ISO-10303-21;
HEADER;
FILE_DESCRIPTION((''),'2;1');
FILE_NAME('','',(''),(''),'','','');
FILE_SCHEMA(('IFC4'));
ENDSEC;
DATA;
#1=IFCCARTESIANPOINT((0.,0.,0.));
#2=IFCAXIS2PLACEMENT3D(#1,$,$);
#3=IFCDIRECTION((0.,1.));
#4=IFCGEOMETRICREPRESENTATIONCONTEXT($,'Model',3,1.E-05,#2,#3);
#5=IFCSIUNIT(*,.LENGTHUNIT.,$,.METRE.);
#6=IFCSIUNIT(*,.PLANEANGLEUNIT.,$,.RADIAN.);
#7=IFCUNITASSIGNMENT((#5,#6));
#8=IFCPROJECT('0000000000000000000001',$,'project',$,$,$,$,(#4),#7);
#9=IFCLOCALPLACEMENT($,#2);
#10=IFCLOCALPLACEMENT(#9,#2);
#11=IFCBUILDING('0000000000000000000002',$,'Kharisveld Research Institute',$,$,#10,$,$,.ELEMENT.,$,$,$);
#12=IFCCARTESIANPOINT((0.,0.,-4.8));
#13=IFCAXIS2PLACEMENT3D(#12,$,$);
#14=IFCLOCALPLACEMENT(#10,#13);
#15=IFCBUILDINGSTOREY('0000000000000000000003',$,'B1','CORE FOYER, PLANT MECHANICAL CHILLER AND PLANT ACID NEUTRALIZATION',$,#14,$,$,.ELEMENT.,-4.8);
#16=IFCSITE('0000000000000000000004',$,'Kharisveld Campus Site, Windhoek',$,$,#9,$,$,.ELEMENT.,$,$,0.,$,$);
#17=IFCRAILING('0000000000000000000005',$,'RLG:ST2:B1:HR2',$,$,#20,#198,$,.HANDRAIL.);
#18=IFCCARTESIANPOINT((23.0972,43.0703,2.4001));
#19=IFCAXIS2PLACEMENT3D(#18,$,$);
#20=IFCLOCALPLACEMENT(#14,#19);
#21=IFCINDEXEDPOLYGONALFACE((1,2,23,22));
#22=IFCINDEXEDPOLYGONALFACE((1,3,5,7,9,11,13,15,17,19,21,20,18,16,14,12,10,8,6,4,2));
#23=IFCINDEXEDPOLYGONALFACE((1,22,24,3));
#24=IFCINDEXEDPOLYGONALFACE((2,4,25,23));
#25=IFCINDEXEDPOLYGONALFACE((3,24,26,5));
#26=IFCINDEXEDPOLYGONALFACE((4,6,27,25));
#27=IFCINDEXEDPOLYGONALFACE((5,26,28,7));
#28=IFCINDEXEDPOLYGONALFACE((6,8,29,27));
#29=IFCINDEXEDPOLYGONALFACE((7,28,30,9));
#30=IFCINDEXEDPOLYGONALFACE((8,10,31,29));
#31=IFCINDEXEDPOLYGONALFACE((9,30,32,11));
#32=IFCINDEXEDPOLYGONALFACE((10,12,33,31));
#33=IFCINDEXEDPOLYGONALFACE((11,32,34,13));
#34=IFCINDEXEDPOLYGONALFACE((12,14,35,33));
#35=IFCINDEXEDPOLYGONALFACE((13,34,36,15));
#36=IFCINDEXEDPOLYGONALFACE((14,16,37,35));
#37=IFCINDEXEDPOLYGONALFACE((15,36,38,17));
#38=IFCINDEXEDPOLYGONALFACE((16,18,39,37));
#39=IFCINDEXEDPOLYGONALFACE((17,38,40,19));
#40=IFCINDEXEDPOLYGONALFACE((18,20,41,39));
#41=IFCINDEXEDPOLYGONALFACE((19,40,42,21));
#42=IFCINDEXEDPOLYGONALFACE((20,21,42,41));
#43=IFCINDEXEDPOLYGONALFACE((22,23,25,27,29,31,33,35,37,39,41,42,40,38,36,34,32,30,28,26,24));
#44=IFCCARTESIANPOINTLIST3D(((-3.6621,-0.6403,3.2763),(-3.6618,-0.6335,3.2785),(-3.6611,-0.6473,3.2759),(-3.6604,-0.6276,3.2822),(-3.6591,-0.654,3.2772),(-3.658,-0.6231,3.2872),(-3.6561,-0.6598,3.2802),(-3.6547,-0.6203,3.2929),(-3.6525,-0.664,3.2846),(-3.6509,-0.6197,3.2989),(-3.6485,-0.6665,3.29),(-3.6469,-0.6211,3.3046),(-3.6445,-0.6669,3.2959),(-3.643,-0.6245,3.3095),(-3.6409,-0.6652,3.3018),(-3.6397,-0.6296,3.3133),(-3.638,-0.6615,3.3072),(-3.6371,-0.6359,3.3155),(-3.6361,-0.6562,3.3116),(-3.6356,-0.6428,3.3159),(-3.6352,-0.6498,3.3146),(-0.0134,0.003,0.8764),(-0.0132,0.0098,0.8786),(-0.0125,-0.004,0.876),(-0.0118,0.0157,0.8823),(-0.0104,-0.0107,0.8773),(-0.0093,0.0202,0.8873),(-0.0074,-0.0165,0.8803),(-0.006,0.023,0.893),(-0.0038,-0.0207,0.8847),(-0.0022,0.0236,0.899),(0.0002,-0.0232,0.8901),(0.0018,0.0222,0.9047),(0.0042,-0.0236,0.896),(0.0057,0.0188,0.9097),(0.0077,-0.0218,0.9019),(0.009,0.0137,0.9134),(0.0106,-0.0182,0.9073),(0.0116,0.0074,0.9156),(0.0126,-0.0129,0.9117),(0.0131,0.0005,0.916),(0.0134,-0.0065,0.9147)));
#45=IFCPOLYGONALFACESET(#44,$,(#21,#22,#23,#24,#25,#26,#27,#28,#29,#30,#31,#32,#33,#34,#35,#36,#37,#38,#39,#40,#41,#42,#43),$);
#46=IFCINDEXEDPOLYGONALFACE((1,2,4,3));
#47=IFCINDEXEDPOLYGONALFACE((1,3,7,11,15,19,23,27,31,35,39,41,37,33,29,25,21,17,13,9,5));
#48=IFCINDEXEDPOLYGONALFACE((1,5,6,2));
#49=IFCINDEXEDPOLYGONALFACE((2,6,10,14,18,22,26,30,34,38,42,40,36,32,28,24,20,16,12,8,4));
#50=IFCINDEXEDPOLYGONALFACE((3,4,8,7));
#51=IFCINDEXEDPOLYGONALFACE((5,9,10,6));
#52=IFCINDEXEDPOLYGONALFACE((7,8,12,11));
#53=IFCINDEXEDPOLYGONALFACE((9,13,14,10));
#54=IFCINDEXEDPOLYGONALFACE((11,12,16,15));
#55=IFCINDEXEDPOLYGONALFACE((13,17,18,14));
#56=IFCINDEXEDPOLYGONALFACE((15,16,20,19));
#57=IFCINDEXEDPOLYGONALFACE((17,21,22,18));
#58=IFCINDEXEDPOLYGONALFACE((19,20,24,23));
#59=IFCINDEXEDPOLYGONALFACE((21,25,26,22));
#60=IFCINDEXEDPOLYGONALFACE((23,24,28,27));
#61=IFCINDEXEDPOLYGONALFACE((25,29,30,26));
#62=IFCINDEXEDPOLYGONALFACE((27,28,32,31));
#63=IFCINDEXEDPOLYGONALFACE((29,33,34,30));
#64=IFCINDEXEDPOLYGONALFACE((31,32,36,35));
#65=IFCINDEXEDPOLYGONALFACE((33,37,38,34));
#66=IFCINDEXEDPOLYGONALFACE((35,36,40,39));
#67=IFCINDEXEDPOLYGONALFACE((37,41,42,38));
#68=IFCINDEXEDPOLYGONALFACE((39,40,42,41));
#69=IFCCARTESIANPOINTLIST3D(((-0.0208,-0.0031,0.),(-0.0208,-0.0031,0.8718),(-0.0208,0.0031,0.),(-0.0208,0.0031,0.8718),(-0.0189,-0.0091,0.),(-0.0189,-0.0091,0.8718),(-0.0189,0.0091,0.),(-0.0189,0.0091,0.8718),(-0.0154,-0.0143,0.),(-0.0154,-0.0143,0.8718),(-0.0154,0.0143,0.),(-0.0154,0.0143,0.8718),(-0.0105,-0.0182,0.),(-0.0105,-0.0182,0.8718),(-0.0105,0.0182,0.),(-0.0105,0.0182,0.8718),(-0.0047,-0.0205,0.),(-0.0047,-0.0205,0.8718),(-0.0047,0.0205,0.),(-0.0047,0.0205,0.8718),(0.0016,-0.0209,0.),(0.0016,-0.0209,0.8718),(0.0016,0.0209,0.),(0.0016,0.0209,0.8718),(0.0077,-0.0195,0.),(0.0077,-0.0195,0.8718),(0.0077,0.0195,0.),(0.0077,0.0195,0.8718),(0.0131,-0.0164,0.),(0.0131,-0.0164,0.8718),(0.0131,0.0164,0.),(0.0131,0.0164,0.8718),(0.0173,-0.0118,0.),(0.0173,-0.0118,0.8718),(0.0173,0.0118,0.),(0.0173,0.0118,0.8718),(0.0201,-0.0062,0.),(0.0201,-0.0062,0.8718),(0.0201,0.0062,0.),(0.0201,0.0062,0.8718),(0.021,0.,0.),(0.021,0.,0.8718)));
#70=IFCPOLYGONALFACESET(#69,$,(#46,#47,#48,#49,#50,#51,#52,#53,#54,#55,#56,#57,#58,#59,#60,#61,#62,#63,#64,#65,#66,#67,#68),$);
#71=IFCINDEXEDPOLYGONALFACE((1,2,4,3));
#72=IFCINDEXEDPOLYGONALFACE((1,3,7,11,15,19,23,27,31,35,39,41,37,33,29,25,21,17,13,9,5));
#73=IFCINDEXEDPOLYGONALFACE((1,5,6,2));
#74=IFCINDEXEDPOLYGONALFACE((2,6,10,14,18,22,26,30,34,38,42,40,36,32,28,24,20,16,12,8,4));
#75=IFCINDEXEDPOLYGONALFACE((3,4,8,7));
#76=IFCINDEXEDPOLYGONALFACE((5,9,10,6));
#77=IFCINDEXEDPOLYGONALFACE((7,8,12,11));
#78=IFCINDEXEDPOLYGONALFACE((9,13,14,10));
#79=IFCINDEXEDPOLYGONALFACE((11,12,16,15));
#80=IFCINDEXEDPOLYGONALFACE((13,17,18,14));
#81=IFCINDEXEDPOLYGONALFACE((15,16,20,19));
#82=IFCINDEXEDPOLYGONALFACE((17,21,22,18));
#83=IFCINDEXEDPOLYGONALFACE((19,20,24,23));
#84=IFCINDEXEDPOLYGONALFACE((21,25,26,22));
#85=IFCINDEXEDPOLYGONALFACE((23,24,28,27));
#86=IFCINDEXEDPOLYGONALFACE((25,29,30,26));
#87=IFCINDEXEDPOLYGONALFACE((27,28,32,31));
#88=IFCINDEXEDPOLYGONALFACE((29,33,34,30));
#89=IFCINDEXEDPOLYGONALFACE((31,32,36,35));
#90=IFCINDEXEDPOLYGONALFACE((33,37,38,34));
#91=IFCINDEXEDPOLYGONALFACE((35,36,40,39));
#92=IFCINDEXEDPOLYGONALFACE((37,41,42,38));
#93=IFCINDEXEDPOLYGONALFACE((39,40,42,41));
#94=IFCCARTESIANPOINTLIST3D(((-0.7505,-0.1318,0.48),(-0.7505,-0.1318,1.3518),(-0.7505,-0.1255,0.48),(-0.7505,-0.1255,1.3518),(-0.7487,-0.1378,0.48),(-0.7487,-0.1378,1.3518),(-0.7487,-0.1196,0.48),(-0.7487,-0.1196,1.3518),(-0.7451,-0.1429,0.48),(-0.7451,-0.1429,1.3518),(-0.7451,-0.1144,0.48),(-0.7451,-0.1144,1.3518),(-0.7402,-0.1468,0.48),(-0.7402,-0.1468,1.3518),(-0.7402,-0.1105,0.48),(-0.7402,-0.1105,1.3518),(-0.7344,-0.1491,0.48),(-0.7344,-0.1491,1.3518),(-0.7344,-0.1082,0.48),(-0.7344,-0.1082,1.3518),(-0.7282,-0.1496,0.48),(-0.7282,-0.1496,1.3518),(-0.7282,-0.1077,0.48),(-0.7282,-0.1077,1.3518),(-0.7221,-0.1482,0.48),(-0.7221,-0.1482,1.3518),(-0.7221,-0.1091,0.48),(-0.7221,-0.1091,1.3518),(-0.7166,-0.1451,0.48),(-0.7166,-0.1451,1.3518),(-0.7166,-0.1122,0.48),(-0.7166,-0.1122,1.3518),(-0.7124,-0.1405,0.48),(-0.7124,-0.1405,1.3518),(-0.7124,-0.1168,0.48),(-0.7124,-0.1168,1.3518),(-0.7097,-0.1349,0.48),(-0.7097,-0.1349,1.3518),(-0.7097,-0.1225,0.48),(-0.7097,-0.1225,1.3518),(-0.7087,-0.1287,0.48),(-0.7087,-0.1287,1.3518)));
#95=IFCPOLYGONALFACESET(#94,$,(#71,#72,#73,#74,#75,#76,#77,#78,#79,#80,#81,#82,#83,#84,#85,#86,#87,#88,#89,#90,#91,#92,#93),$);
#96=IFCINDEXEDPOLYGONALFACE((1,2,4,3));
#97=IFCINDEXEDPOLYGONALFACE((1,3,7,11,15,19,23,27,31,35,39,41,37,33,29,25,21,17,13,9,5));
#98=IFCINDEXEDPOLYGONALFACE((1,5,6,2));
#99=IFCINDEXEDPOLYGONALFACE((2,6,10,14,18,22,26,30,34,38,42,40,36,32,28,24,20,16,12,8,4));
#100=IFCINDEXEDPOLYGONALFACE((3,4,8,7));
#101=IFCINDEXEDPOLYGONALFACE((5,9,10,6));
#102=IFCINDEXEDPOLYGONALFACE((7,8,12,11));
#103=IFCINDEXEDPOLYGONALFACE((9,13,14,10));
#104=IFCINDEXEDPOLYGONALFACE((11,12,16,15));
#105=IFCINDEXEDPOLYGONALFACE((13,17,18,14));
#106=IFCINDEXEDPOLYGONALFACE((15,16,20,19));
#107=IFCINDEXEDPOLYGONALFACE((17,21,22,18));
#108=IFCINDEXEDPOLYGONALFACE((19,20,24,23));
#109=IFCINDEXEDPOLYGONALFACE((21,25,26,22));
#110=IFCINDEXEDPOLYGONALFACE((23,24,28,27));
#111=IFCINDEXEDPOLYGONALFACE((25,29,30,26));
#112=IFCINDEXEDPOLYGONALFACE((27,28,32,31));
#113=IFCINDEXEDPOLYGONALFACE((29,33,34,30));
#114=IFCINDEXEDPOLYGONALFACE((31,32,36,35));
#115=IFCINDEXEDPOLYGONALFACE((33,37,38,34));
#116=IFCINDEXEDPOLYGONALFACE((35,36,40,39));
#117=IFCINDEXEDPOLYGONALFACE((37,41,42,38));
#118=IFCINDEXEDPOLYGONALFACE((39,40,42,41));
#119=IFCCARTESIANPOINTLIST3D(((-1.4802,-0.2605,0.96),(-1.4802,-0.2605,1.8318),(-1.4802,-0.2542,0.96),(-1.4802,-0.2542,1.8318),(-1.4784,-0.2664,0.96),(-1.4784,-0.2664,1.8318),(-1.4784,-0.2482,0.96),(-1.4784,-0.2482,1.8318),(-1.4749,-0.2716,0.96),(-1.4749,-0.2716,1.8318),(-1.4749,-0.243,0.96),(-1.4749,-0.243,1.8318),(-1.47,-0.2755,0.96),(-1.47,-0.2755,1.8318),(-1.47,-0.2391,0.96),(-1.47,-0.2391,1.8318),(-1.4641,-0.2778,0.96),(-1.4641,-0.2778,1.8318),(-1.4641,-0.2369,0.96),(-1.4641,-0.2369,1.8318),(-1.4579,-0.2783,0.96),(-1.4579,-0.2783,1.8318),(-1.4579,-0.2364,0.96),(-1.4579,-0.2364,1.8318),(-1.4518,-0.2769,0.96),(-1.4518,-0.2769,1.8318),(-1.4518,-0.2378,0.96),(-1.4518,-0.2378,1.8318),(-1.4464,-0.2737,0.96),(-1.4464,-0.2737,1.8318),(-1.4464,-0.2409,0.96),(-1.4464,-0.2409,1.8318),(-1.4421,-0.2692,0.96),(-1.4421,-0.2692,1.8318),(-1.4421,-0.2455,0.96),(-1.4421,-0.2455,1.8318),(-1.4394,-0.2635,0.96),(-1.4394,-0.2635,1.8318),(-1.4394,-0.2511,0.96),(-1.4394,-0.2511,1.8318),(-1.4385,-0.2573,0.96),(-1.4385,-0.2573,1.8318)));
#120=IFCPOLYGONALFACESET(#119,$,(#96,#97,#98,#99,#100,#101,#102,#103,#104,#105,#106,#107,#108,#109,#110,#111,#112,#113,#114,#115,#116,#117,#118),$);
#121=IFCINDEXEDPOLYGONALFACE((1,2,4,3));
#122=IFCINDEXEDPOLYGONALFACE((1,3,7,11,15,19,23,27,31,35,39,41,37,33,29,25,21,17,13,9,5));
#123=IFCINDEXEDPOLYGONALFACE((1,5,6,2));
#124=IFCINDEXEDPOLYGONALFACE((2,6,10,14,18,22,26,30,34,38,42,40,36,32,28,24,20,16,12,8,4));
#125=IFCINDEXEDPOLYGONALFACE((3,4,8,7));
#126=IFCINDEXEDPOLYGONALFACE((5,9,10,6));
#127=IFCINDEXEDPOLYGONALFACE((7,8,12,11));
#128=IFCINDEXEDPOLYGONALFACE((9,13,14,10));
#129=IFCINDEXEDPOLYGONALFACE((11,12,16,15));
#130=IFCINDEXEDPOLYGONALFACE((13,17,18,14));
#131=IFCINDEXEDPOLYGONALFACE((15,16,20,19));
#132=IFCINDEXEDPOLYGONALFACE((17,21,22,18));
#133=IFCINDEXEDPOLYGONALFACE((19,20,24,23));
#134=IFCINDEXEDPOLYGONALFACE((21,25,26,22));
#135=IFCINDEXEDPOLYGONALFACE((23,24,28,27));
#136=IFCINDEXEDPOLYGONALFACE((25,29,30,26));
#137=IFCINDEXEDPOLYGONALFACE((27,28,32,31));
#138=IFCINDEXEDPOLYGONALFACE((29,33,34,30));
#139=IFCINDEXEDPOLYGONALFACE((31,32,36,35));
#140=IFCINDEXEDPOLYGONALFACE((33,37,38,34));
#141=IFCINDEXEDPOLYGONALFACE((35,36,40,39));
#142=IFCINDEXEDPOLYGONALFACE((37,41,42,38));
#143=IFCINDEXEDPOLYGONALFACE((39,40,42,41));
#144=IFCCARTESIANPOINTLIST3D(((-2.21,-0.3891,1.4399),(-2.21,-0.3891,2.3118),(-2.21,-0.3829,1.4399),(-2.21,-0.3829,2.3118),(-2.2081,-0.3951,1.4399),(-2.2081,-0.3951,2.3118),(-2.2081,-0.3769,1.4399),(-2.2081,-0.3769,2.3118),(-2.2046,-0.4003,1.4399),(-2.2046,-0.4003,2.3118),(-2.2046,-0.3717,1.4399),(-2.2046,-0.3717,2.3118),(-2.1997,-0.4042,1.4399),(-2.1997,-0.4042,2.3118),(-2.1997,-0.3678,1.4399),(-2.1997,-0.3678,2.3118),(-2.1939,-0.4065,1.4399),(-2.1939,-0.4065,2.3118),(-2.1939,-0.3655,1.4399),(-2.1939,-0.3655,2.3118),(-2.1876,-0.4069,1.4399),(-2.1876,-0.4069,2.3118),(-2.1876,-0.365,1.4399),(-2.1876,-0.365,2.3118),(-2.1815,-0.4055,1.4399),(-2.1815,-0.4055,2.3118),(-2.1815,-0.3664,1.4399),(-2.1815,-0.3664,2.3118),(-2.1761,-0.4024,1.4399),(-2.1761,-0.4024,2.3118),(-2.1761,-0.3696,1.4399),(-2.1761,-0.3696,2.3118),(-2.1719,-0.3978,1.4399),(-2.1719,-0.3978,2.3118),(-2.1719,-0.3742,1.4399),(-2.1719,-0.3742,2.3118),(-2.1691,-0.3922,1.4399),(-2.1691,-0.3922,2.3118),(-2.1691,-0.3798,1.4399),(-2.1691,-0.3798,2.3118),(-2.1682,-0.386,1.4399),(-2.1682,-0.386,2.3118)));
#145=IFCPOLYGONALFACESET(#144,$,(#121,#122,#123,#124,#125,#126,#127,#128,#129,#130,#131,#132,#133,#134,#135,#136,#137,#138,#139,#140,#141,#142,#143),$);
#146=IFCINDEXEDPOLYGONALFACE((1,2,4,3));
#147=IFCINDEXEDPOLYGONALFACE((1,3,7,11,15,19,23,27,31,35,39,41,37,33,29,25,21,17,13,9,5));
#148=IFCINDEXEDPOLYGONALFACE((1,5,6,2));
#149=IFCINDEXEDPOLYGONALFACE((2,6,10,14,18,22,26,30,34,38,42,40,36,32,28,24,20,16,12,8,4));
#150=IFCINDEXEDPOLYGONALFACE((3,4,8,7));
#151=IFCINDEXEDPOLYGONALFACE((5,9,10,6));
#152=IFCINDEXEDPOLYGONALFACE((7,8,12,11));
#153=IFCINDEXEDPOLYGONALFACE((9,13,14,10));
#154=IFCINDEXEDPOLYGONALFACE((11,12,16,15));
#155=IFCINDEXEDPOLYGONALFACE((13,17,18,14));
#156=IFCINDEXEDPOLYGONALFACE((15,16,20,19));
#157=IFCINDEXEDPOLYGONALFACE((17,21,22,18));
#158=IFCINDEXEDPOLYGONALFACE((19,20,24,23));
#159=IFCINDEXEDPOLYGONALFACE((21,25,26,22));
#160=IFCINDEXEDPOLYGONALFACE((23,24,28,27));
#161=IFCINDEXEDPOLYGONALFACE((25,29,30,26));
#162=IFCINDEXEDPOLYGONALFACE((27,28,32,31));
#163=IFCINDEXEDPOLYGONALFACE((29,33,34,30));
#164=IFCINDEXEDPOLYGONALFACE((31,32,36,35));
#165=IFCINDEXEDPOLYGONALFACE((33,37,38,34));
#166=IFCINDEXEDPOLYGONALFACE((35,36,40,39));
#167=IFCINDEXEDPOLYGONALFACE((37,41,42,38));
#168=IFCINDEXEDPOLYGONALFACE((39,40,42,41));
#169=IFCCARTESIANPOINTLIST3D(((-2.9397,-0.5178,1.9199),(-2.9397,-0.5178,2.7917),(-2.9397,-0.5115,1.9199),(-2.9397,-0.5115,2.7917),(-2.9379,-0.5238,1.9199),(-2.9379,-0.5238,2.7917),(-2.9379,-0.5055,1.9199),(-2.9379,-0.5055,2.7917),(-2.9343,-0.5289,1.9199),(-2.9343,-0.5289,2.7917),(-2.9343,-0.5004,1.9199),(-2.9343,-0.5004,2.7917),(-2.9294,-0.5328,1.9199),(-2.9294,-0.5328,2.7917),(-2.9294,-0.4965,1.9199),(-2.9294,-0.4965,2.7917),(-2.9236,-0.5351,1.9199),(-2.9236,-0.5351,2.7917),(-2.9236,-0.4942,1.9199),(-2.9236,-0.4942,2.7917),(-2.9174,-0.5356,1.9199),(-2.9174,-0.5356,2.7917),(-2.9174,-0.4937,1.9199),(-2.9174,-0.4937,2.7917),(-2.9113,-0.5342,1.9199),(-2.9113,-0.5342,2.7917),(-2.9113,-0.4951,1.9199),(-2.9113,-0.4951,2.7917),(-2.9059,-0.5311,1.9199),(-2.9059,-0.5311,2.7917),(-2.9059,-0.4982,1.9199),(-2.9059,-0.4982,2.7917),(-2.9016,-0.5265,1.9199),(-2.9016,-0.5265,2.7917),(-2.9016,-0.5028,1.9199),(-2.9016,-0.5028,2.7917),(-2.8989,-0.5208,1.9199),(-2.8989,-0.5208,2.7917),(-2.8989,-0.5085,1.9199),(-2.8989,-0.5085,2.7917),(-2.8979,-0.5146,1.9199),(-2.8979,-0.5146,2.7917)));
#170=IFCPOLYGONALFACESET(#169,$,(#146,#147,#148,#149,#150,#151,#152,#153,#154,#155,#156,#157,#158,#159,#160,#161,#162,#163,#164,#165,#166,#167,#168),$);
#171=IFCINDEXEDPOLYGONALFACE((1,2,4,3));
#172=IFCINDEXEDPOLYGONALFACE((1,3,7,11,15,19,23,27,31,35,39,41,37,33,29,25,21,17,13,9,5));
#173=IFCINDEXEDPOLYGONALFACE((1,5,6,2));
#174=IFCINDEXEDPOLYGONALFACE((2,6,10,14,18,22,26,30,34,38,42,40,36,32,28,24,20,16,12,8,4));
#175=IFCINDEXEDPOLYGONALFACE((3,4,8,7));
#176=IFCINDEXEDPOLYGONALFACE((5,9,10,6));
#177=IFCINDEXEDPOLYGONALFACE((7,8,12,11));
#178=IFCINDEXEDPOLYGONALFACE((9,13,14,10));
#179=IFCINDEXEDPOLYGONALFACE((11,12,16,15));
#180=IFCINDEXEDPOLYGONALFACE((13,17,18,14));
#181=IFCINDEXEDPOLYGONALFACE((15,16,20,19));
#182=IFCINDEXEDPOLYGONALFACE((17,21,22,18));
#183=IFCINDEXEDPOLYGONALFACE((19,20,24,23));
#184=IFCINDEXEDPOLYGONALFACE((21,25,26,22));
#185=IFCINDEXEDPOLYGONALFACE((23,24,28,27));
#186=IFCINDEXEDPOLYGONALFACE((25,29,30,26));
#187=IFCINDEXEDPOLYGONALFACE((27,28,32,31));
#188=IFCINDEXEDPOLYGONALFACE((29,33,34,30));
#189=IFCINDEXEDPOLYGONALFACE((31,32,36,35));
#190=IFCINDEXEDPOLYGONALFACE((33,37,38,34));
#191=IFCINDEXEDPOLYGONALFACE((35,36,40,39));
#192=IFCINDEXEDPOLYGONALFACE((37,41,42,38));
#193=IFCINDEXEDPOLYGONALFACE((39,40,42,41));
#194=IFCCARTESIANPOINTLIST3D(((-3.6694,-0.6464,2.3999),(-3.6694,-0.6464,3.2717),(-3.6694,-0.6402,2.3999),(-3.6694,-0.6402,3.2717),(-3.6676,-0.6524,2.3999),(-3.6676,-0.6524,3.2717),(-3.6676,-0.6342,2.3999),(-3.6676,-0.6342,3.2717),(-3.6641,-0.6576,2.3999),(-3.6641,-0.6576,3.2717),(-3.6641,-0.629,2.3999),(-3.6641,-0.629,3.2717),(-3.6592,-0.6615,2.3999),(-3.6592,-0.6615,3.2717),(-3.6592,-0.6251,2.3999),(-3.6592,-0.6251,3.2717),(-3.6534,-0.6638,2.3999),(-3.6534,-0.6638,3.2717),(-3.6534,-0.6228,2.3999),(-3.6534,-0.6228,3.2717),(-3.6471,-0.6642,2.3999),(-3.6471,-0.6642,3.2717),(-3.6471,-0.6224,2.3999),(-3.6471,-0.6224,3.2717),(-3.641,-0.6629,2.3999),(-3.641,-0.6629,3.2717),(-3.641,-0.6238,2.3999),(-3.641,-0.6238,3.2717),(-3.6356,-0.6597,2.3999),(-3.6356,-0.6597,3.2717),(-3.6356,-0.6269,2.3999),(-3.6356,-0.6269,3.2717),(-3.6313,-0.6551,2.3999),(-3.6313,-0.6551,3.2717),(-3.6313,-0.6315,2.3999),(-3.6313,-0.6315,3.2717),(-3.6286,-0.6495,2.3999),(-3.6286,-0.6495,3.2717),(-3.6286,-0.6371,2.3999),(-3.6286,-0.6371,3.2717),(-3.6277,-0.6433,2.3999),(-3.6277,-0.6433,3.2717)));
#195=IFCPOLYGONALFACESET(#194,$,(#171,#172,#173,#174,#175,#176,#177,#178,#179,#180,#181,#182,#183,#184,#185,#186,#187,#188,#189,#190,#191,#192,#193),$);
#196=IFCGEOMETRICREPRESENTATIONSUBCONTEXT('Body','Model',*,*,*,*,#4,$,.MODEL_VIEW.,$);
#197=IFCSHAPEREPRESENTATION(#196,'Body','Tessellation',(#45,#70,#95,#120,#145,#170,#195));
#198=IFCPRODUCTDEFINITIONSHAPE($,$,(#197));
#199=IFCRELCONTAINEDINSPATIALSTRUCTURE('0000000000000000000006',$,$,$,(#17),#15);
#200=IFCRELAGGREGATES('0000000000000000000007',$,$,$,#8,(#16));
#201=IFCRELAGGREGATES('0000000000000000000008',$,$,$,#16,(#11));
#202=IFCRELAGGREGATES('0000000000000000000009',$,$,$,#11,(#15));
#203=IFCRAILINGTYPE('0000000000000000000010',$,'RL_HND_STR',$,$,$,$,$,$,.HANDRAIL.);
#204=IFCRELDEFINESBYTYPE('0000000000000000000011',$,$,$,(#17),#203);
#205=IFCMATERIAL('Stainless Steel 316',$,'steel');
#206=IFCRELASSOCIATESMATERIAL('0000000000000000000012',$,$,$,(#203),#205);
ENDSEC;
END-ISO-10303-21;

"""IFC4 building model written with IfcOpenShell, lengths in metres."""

from ifc_helpers import new_model, si_unit, direction, frame, origin, origin_2d, place, context, subcontext, project, spatial, circle, extrude, material, type_object, element, save


model = new_model("IFC4")

# Units and contexts
model_context = context("Model", 3, precision=1e-05, world=origin(), true_north=direction((0.0, 1.0)))
body_context = subcontext(model_context, "Body", "Model", "MODEL_VIEW")
ifc_project = project(units=[si_unit("LENGTHUNIT", "METRE"), si_unit("PLANEANGLEUNIT", "RADIAN")], contexts=[model_context])

# Site, building, storey
site_placement = place(None, origin())
site = spatial("IfcSite", under=ifc_project, at=site_placement, Name="Kharisveld Campus Site, Windhoek", CompositionType="ELEMENT", RefElevation=0.0)
building_placement = place(site_placement, origin())
building = spatial("IfcBuilding", under=site, at=building_placement, Name="Kharisveld Research Institute", CompositionType="ELEMENT")
storey_placement = place(building_placement, frame((0.0, 0.0, -4.8)))
storey = spatial("IfcBuildingStorey", under=building, at=storey_placement, Name="B1", Description="CORE FOYER, PLANT MECHANICAL CHILLER AND PLANT ACID NEUTRALIZATION", CompositionType="ELEMENT", Elevation=-4.8)

# Railing
ifc_material_1 = material(Name="Stainless Steel 316", Category="steel")
railing_type = type_object("IfcRailingType", Name="RL_HND_STR", PredefinedType="HANDRAIL", material=ifc_material_1)
railing_placement = place(storey_placement, frame((23.0972, 43.0703, 2.4001)))
element("IfcRailing", 1, at=railing_placement, inside=storey, type_object=railing_type, Name="RLG:ST2:B1:HR2", PredefinedType="HANDRAIL", context=body_context, shape_type="SweptSolid", body=[
    extrude(circle(Radius=0.0239, at=origin_2d()), frame((0.0, 0.0, 0.896), z_axis=(-0.826555, -0.145733, 0.543662), x_axis=(0.173635, -0.98481, 0.0)), (0.0, 0.0, 1.0), 4.4143),
    extrude(circle(Radius=0.021, at=origin_2d()), origin(), (0.0, 0.0, 1.0), 0.8718),
    extrude(circle(Radius=0.021, at=origin_2d()), frame((-0.7297, -0.1287, 0.48)), (0.0, 0.0, 1.0), 0.8718),
    extrude(circle(Radius=0.021, at=origin_2d()), frame((-1.4595, -0.2573, 0.96)), (0.0, 0.0, 1.0), 0.8718),
    extrude(circle(Radius=0.021, at=origin_2d()), frame((-2.1892, -0.386, 1.4399)), (0.0, 0.0, 1.0), 0.8718),
    extrude(circle(Radius=0.021, at=origin_2d()), frame((-2.9189, -0.5146, 1.9199)), (0.0, 0.0, 1.0), 0.8718),
    extrude(circle(Radius=0.021, at=origin_2d()), frame((-3.6487, -0.6433, 2.3999)), (0.0, 0.0, 1.0), 0.8718),
])

save(model, "model.ifc")
